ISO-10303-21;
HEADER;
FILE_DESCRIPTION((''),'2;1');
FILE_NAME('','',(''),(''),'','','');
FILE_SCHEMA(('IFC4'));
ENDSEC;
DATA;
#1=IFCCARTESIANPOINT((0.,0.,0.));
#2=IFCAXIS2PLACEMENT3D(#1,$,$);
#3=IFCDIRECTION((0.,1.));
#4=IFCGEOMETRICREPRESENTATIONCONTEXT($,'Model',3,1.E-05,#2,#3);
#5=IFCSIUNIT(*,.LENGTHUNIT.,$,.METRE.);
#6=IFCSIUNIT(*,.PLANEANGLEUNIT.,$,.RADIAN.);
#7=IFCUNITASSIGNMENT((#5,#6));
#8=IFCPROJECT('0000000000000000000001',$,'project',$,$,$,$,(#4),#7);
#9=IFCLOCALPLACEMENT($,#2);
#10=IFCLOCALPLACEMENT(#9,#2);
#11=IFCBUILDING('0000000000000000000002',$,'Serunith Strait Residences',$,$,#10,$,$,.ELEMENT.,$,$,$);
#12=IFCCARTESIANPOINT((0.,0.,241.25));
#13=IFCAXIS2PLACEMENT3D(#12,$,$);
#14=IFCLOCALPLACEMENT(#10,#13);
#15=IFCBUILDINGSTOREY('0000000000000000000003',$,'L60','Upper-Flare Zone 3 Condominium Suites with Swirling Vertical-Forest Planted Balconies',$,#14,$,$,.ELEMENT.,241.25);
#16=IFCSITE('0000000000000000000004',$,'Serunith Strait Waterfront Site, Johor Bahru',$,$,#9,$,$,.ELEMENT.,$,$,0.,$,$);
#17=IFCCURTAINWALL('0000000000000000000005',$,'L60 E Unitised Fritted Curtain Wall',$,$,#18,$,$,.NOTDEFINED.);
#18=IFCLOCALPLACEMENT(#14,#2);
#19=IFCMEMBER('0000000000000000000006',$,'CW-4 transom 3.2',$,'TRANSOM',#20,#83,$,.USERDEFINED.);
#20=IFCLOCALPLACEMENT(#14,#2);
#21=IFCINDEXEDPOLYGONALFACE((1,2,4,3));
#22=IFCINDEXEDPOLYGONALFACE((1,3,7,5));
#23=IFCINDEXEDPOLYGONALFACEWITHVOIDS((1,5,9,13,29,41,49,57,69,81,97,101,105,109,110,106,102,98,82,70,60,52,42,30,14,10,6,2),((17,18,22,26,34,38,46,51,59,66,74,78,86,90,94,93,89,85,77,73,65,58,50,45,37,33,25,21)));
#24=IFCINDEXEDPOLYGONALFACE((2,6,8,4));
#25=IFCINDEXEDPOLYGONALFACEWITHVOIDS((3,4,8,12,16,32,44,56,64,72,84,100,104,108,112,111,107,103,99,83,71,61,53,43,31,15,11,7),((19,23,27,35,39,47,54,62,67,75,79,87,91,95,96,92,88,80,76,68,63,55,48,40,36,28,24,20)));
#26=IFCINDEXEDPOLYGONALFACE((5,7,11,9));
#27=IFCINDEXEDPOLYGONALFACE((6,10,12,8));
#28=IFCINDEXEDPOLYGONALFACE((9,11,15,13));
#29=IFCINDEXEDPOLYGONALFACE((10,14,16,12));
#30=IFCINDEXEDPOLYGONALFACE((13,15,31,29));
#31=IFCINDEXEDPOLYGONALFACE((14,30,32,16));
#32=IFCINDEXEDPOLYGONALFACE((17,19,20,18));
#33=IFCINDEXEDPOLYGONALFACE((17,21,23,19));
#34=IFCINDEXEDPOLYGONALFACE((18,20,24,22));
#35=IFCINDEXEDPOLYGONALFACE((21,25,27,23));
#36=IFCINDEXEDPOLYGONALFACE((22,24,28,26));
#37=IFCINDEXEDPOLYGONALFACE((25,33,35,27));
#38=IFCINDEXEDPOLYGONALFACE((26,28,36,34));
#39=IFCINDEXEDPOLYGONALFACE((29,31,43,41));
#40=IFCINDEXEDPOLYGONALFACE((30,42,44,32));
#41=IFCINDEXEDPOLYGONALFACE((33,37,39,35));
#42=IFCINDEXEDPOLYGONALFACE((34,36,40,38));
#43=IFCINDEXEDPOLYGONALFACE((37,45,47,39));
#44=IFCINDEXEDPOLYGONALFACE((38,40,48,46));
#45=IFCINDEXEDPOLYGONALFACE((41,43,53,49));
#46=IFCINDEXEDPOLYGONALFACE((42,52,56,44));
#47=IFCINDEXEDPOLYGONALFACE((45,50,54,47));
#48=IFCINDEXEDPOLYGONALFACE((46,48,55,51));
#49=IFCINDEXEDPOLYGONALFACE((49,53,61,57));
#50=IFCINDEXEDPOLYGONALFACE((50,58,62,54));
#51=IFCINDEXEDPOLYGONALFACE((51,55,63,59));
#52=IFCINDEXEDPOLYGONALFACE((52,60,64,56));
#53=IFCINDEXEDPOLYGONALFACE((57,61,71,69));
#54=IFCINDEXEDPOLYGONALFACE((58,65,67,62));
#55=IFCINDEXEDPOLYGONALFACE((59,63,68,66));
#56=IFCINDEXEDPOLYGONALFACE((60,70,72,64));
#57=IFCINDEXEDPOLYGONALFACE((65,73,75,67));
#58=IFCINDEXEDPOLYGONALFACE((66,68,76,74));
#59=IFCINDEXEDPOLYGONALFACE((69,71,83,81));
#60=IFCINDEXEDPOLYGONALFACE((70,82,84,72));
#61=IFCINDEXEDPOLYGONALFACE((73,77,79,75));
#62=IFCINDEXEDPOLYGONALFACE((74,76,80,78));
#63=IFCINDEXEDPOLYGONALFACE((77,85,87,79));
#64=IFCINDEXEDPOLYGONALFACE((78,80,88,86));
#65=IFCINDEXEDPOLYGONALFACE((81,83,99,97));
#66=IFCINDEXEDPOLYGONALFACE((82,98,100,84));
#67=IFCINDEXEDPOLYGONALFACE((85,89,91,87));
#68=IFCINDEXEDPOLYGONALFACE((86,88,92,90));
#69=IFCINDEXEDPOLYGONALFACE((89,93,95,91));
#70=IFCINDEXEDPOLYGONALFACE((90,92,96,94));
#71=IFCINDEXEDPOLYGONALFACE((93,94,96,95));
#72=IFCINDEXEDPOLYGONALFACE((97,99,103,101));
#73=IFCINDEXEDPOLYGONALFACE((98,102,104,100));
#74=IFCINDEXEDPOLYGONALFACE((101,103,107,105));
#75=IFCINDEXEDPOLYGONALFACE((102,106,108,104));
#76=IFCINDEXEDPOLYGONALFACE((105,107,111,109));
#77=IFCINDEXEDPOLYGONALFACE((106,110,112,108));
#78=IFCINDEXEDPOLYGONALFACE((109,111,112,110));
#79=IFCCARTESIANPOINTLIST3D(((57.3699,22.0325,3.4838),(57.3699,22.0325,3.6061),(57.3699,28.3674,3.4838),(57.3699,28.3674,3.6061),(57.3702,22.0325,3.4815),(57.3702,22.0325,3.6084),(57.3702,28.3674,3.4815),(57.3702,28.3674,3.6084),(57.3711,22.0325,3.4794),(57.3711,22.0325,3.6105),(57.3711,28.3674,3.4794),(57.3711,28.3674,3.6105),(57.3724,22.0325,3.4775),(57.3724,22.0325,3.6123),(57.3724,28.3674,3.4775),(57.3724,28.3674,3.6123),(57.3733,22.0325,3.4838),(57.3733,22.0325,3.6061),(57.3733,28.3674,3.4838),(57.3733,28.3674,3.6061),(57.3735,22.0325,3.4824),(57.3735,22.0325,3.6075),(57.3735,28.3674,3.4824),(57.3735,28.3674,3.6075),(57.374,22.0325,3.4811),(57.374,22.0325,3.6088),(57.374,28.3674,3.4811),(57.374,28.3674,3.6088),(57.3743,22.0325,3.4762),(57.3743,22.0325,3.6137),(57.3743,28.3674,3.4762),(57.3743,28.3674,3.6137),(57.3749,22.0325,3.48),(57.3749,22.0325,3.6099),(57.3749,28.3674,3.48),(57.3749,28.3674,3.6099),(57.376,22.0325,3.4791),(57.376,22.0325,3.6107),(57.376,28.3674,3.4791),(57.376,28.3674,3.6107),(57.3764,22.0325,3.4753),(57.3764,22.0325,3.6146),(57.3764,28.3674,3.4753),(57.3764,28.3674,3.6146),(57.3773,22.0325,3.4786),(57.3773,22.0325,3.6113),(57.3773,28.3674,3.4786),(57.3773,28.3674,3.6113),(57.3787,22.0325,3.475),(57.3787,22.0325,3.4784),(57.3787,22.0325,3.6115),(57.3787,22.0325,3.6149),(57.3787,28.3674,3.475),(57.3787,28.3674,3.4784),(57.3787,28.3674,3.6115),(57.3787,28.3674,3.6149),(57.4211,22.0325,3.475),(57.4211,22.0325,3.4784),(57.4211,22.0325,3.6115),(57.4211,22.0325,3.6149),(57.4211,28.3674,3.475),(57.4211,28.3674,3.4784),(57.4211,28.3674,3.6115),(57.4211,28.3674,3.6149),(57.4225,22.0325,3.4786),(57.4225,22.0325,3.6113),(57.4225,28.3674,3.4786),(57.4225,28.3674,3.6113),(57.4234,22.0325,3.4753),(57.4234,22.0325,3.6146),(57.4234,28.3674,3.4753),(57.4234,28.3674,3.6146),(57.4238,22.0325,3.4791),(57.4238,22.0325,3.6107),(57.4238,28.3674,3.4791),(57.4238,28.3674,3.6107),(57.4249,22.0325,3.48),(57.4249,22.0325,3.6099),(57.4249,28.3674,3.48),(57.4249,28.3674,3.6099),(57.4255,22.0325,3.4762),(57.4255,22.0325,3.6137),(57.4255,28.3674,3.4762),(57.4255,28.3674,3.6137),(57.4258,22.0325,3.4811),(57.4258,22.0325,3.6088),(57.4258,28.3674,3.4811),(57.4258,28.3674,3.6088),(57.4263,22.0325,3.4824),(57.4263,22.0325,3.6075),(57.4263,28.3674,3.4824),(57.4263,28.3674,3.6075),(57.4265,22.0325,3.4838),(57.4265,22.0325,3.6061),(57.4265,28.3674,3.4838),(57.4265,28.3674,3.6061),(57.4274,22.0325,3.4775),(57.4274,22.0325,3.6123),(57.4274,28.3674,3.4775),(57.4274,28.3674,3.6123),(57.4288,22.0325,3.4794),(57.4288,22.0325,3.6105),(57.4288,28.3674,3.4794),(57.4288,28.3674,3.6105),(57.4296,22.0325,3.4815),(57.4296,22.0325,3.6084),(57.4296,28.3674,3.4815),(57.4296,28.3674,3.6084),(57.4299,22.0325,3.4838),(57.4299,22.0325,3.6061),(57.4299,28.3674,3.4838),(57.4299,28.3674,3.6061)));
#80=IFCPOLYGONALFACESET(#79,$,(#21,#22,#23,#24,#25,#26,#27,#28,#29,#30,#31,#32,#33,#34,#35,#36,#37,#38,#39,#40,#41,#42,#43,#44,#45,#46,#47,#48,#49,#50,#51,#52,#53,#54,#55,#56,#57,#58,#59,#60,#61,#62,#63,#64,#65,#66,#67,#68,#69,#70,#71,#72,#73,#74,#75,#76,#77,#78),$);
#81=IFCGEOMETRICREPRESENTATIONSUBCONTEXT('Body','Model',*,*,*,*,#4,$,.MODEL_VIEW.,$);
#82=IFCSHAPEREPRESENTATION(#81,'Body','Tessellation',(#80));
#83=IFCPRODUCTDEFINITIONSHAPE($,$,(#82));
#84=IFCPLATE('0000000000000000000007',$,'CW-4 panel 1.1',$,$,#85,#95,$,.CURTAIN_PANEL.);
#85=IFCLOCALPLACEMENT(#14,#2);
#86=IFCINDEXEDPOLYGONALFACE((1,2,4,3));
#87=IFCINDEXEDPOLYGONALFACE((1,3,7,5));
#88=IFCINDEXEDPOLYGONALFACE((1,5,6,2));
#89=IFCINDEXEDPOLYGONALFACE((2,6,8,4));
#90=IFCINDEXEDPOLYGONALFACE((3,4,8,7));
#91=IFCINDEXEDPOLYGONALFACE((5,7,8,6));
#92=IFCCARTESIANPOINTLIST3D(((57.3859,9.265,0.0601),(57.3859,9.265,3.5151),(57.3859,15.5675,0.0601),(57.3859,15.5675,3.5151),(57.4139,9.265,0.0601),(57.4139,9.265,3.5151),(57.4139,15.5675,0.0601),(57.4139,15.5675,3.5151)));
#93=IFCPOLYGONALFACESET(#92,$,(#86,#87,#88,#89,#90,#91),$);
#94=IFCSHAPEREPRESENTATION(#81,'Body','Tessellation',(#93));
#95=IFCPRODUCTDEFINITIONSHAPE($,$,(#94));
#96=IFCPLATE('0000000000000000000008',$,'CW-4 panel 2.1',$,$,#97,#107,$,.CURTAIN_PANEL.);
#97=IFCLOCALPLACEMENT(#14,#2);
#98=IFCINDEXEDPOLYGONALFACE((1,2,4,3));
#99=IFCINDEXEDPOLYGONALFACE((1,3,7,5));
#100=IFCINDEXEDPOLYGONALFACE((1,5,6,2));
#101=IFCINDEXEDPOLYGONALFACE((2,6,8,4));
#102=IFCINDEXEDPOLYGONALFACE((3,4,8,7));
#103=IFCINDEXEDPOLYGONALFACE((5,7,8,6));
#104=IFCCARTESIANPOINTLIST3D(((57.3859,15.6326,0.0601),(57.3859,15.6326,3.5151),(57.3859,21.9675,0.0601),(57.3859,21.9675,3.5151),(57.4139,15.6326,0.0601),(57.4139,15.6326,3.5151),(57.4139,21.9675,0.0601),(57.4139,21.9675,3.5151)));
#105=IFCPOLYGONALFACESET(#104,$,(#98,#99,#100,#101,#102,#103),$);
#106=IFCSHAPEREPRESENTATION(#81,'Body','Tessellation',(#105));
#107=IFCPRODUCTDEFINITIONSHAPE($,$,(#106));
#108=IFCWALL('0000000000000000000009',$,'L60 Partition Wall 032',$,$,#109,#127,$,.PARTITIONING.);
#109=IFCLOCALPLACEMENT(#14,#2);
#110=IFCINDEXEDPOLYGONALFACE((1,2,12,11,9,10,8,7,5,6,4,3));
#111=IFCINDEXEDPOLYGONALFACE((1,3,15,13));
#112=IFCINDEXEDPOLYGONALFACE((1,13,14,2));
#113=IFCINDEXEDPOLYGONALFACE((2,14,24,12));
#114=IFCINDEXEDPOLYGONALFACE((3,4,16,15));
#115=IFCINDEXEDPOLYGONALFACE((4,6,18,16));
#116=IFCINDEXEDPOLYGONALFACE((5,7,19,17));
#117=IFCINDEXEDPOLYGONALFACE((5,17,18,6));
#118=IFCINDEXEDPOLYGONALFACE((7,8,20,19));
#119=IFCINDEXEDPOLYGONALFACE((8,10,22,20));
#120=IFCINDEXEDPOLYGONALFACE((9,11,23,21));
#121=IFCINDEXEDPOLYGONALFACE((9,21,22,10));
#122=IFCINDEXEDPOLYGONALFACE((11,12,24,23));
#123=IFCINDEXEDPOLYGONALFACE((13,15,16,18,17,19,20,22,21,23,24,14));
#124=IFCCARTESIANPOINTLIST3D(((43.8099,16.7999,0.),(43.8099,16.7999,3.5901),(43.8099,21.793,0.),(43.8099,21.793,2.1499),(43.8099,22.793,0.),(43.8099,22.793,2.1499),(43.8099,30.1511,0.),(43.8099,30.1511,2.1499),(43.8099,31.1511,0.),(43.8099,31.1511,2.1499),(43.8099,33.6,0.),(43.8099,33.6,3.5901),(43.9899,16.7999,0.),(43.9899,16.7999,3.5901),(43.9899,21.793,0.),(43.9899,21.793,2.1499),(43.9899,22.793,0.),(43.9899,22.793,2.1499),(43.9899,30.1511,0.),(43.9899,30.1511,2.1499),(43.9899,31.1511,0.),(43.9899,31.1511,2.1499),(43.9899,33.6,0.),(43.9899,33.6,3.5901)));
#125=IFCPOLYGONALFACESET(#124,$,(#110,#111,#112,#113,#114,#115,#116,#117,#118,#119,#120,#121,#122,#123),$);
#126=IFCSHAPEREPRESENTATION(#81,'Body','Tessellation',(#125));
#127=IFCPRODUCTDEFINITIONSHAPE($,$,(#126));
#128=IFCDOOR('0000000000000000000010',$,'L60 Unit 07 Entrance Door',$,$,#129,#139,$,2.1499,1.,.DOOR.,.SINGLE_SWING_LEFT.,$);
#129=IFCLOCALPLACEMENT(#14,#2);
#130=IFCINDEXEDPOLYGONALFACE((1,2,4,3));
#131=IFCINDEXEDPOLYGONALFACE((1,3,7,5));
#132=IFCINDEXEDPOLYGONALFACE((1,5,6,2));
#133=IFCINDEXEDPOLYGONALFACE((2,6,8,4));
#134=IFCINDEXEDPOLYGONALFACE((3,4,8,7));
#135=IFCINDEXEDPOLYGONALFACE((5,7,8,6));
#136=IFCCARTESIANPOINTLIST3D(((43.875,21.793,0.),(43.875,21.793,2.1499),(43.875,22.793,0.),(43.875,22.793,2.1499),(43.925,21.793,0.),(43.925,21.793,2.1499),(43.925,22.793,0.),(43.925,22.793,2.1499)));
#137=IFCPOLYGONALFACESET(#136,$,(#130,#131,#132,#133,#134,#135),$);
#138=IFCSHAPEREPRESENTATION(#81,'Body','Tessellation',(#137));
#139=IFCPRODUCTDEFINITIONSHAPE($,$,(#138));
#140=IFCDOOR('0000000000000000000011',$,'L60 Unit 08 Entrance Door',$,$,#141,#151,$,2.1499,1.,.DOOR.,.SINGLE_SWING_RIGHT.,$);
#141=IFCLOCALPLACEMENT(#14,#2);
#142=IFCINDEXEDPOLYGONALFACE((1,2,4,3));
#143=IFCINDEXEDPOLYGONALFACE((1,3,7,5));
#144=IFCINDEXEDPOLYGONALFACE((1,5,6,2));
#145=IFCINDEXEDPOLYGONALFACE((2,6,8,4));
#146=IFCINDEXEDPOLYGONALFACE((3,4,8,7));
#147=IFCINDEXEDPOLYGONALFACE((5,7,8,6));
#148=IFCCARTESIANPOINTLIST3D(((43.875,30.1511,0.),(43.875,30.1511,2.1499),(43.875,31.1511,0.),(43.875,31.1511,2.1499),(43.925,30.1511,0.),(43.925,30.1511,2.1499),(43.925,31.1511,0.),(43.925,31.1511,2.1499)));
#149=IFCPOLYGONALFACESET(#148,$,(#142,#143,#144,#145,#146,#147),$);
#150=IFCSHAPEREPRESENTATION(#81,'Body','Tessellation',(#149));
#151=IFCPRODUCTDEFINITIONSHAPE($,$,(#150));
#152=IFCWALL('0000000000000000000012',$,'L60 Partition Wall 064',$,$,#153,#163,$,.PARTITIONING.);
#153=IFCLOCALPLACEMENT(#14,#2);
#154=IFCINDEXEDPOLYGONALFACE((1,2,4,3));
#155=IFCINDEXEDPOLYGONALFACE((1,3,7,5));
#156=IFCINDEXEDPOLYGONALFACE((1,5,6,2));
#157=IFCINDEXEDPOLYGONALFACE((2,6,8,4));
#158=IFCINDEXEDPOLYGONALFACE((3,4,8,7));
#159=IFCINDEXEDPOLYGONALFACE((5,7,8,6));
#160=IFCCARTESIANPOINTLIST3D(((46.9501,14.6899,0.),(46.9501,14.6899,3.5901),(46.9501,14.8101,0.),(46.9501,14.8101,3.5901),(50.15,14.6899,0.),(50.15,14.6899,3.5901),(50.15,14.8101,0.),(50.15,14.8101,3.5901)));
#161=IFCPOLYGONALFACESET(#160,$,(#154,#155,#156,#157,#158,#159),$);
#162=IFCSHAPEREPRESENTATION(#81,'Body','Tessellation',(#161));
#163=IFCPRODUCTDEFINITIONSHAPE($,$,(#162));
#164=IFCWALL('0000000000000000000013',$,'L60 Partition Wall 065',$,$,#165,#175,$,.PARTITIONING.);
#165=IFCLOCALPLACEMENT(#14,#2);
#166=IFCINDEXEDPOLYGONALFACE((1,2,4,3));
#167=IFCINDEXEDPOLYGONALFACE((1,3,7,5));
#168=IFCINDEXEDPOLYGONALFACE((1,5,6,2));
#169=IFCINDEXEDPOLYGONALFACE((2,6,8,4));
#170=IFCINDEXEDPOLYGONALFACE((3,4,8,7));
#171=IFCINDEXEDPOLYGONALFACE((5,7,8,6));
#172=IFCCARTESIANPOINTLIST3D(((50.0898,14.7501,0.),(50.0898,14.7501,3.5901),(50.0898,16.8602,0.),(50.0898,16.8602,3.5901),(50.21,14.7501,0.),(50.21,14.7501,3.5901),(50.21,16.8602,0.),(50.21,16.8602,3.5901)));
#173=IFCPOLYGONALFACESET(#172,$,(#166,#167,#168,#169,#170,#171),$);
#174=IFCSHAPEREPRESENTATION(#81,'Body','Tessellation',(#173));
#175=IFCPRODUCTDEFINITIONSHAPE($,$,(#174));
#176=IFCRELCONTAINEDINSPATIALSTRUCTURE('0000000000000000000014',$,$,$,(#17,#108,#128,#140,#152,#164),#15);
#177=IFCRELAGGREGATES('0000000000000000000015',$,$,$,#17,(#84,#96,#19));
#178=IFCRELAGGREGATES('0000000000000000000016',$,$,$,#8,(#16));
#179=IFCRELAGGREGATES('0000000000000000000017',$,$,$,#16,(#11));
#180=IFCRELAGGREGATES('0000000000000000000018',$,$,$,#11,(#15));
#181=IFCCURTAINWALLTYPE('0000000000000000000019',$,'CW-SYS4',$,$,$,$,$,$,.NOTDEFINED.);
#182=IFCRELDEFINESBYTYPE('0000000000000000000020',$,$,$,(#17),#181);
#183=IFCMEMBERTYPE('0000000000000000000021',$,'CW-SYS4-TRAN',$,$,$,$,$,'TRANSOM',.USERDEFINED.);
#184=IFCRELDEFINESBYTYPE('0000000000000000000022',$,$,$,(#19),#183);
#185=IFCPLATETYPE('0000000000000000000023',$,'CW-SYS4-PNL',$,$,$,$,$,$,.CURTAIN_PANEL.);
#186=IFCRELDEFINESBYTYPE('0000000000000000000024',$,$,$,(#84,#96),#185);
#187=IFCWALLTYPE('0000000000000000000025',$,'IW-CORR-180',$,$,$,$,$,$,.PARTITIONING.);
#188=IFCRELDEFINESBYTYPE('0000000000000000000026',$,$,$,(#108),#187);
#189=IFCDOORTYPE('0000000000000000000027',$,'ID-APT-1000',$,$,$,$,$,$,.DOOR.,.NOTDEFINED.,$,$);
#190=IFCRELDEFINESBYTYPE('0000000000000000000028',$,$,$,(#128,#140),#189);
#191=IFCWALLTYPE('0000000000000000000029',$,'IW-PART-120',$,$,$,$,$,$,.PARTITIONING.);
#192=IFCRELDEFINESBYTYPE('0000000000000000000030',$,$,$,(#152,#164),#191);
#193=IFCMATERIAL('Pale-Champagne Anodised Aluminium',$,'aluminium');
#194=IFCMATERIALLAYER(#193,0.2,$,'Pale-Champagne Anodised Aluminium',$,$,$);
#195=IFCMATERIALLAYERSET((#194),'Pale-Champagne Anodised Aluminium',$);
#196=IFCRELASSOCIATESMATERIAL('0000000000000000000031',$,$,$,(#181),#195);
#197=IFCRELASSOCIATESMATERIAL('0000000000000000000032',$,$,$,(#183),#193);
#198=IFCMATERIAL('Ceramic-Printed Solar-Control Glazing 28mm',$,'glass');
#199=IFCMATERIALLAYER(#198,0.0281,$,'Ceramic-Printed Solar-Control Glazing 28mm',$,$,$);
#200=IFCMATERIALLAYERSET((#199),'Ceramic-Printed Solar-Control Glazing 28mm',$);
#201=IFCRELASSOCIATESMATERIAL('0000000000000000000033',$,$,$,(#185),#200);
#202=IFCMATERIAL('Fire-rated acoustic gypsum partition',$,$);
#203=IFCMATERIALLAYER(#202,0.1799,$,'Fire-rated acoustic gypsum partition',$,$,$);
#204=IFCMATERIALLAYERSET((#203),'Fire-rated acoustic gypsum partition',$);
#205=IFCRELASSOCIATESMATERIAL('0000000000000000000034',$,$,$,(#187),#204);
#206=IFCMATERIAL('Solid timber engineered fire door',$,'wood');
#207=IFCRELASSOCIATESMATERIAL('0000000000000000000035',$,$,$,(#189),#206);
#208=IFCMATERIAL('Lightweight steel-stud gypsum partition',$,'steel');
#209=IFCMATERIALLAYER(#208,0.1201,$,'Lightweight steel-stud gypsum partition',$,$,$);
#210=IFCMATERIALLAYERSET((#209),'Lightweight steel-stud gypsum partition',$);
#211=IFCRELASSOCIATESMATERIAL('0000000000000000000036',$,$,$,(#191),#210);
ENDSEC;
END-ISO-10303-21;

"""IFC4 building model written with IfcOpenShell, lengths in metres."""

from ifc_helpers import new_model, si_unit, direction, frame, frame_2d, origin, origin_2d, place, context, subcontext, project, spatial, rectangle, hollow_rectangle, extrude, source, transform, mapped, material, layer, layer_set, material_profile, profile_set, type_object, element, fill, aggregate, save


model = new_model("IFC4")

# Units and contexts
model_context = context("Model", 3, precision=1e-05, world=origin(), true_north=direction((0.0, 1.0)))
body_context = subcontext(model_context, "Body", "Model", "MODEL_VIEW")
ifc_project = project(units=[si_unit("LENGTHUNIT", "METRE"), si_unit("PLANEANGLEUNIT", "RADIAN")], contexts=[model_context])

# Site, building, storey
site_placement = place(None, origin())
site = spatial("IfcSite", under=ifc_project, at=site_placement, Name="Serunith Strait Waterfront Site, Johor Bahru", CompositionType="ELEMENT", RefElevation=0.0)
building_placement = place(site_placement, origin())
building = spatial("IfcBuilding", under=site, at=building_placement, Name="Serunith Strait Residences", CompositionType="ELEMENT")
storey_placement = place(building_placement, frame((0.0, 0.0, 241.25)))
storey = spatial("IfcBuildingStorey", under=building, at=storey_placement, Name="L60", Description="Upper-Flare Zone 3 Condominium Suites with Swirling Vertical-Forest Planted Balconies", CompositionType="ELEMENT", Elevation=241.25)

# Curtain wall, member, plates
ifc_material_1 = material(Name="Pale-Champagne Anodised Aluminium", Category="aluminium")
ifc_layer_1 = layer(ifc_material_1, 0.2, Name="Pale-Champagne Anodised Aluminium")
ifc_layer_set_1 = layer_set([ifc_layer_1], Name="Pale-Champagne Anodised Aluminium")
curtain_wall_type = type_object("IfcCurtainWallType", Name="CW-SYS4", PredefinedType="NOTDEFINED", material=ifc_layer_set_1)
curtain_wall_placement = place(storey_placement, origin())
curtain_wall = element("IfcCurtainWall", 1, at=curtain_wall_placement, inside=storey, type_object=curtain_wall_type, Name="L60 E Unitised Fritted Curtain Wall", PredefinedType="NOTDEFINED")
ifc_material_profile_1 = material_profile(ifc_material_1, hollow_rectangle(XDim=0.0601, YDim=0.1399, WallThickness=0.0034, InnerFilletRadius=0.0054, OuterFilletRadius=0.0088, at=origin_2d()), Name="ALU 140x60x3.5")
ifc_profile_set_1 = profile_set([ifc_material_profile_1], Name="Pale-Champagne Anodised Aluminium")
member_type_1 = type_object("IfcMemberType", Name="CW-SYS4-TRAN", ElementType="TRANSOM", PredefinedType="USERDEFINED", material=ifc_profile_set_1)
shared_shape_1 = source(origin(), body_context, "Body", "SweptSolid", [
    extrude(hollow_rectangle(XDim=0.0601, YDim=0.1399, WallThickness=0.0034, InnerFilletRadius=0.0054, OuterFilletRadius=0.0088, at=origin_2d()), origin(), (0.0, 0.0, 1.0), 6.335),
])
member_1_placement = place(storey_placement, frame((57.3999, 22.0325, 3.5449), z_axis=(0.0, 1.0, 0.0), x_axis=(-1.0, 0.0, 0.0)))
member_1 = element("IfcMember", 2, at=member_1_placement, type_object=member_type_1, Name="CW-4 transom 3.2", ObjectType="TRANSOM", PredefinedType="USERDEFINED", context=body_context, shape_type="MappedRepresentation", body=[
    mapped(shared_shape_1, transform((0.0, 0.0, 0.0), scale=1.0)),
])
ifc_material_2 = material(Name="Ceramic-Printed Solar-Control Glazing 28mm", Category="glass")
ifc_layer_2 = layer(ifc_material_2, 0.0281, Name="Ceramic-Printed Solar-Control Glazing 28mm")
ifc_layer_set_2 = layer_set([ifc_layer_2], Name="Ceramic-Printed Solar-Control Glazing 28mm")
plate_type = type_object("IfcPlateType", Name="CW-SYS4-PNL", PredefinedType="CURTAIN_PANEL", material=ifc_layer_set_2)
shared_shape_2 = source(origin(), body_context, "Body", "SweptSolid", [
    extrude(rectangle(XDim=6.3025, YDim=0.0281, at=origin_2d()), origin(), (0.0, 0.0, 1.0), 3.4551),
])
plate_1_placement = place(storey_placement, frame((57.3999, 12.4163, 0.0601), z_axis=(0.0, 0.0, 1.0), x_axis=(0.0, 1.0, 0.0)))
plate_1 = element("IfcPlate", 3, at=plate_1_placement, type_object=plate_type, Name="CW-4 panel 1.1", PredefinedType="CURTAIN_PANEL", context=body_context, shape_type="MappedRepresentation", body=[
    mapped(shared_shape_2, transform((0.0, 0.0, 0.0), scale=1.0)),
])
shared_shape_3 = source(origin(), body_context, "Body", "SweptSolid", [
    extrude(rectangle(XDim=6.335, YDim=0.0281, at=origin_2d()), origin(), (0.0, 0.0, 1.0), 3.4551),
])
plate_2_placement = place(storey_placement, frame((57.3999, 18.8, 0.0601), z_axis=(0.0, 0.0, 1.0), x_axis=(0.0, 1.0, 0.0)))
plate_2 = element("IfcPlate", 4, at=plate_2_placement, type_object=plate_type, Name="CW-4 panel 2.1", PredefinedType="CURTAIN_PANEL", context=body_context, shape_type="MappedRepresentation", body=[
    mapped(shared_shape_3, transform((0.0, 0.0, 0.0), scale=1.0)),
])
aggregate(curtain_wall, [plate_1, plate_2, member_1])

# Wall, openings, doors
ifc_material_3 = material(Name="Fire-rated acoustic gypsum partition")
ifc_layer_3 = layer(ifc_material_3, 0.1799, Name="Fire-rated acoustic gypsum partition")
ifc_layer_set_3 = layer_set([ifc_layer_3], Name="Fire-rated acoustic gypsum partition")
wall_type_1 = type_object("IfcWallType", Name="IW-CORR-180", PredefinedType="PARTITIONING", material=ifc_layer_set_3)
wall_1_placement = place(storey_placement, frame((43.8999, 16.8, 0.0), z_axis=(0.0, 0.0, 1.0), x_axis=(0.0, 1.0, 0.0)))
wall_1 = element("IfcWall", 5, at=wall_1_placement, inside=storey, type_object=wall_type_1, Name="L60 Partition Wall 032", PredefinedType="PARTITIONING", context=body_context, shape_type="SweptSolid", body=[
    extrude(rectangle(XDim=16.8, YDim=0.1799, at=frame_2d((8.3999, 0.0))), origin(), (0.0, 0.0, 1.0), 3.5901),
])
opening_1_placement = place(wall_1_placement, frame((4.9929, 0.0, 0.0)))
opening_1 = element("IfcOpeningElement", 6, at=opening_1_placement, cuts=wall_1, PredefinedType="OPENING", context=body_context, shape_type="SweptSolid", body=[
    extrude(rectangle(XDim=1.0, YDim=2.1499, at=frame_2d((0.5, 1.075))), frame((0.0, 0.1001, 0.0), z_axis=(0.0, -1.0, 0.0), x_axis=(1.0, 0.0, 0.0)), (0.0, 0.0, 1.0), 0.2),
])
opening_2_placement = place(wall_1_placement, frame((13.3511, 0.0, 0.0)))
opening_2 = element("IfcOpeningElement", 7, at=opening_2_placement, cuts=wall_1, PredefinedType="OPENING", context=body_context, shape_type="SweptSolid", body=[
    extrude(rectangle(XDim=1.0, YDim=2.1499, at=frame_2d((0.5, 1.075))), frame((0.0, 0.1001, 0.0), z_axis=(0.0, -1.0, 0.0), x_axis=(1.0, 0.0, 0.0)), (0.0, 0.0, 1.0), 0.2),
])
ifc_material_4 = material(Name="Solid timber engineered fire door", Category="wood")
door_type_1 = type_object("IfcDoorType", Name="ID-APT-1000", OperationType="NOTDEFINED", PredefinedType="DOOR", material=ifc_material_4)
shared_shape_4 = source(origin(), body_context, "Body", "SweptSolid", [
    extrude(rectangle(XDim=1.0, YDim=2.1499, at=frame_2d((0.5, 1.075))), frame((0.0, 0.0249, 0.0), z_axis=(0.0, -1.0, 0.0), x_axis=(1.0, 0.0, 0.0)), (0.0, 0.0, 1.0), 0.05),
])
door_1_placement = place(opening_1_placement, origin())
door_1 = element("IfcDoor", 8, at=door_1_placement, inside=storey, type_object=door_type_1, Name="L60 Unit 07 Entrance Door", OperationType="SINGLE_SWING_LEFT", OverallHeight=2.1499, OverallWidth=1.0, PredefinedType="DOOR", context=body_context, shape_type="MappedRepresentation", body=[
    mapped(shared_shape_4, transform((0.0, 0.0, 0.0), scale=1.0)),
])
fill(opening_1, door_1)
door_2_placement = place(opening_2_placement, origin())
door_2 = element("IfcDoor", 9, at=door_2_placement, inside=storey, type_object=door_type_1, Name="L60 Unit 08 Entrance Door", OperationType="SINGLE_SWING_RIGHT", OverallHeight=2.1499, OverallWidth=1.0, PredefinedType="DOOR", context=body_context, shape_type="MappedRepresentation", body=[
    mapped(shared_shape_4, transform((0.0, 0.0, 0.0), scale=1.0)),
])
fill(opening_2, door_2)

# Walls
ifc_material_5 = material(Name="Lightweight steel-stud gypsum partition", Category="steel")
ifc_layer_4 = layer(ifc_material_5, 0.1201, Name="Lightweight steel-stud gypsum partition")
ifc_layer_set_4 = layer_set([ifc_layer_4], Name="Lightweight steel-stud gypsum partition")
wall_type_2 = type_object("IfcWallType", Name="IW-PART-120", PredefinedType="PARTITIONING", material=ifc_layer_set_4)
wall_2_placement = place(storey_placement, frame((46.95, 14.75, 0.0), z_axis=(0.0, 0.0, 1.0), x_axis=(1.0, 0.0, 0.0)))
element("IfcWall", 10, at=wall_2_placement, inside=storey, type_object=wall_type_2, Name="L60 Partition Wall 064", PredefinedType="PARTITIONING", context=body_context, shape_type="SweptSolid", body=[
    extrude(rectangle(XDim=3.2, YDim=0.1201, at=frame_2d((1.6001, 0.0))), origin(), (0.0, 0.0, 1.0), 3.5901),
])
wall_3_placement = place(storey_placement, frame((50.1499, 14.75, 0.0), z_axis=(0.0, 0.0, 1.0), x_axis=(0.0, 1.0, 0.0)))
element("IfcWall", 11, at=wall_3_placement, inside=storey, type_object=wall_type_2, Name="L60 Partition Wall 065", PredefinedType="PARTITIONING", context=body_context, shape_type="SweptSolid", body=[
    extrude(rectangle(XDim=2.1101, YDim=0.1201, at=frame_2d((1.0552, 0.0))), origin(), (0.0, 0.0, 1.0), 3.5901),
])

save(model, "model.ifc")
